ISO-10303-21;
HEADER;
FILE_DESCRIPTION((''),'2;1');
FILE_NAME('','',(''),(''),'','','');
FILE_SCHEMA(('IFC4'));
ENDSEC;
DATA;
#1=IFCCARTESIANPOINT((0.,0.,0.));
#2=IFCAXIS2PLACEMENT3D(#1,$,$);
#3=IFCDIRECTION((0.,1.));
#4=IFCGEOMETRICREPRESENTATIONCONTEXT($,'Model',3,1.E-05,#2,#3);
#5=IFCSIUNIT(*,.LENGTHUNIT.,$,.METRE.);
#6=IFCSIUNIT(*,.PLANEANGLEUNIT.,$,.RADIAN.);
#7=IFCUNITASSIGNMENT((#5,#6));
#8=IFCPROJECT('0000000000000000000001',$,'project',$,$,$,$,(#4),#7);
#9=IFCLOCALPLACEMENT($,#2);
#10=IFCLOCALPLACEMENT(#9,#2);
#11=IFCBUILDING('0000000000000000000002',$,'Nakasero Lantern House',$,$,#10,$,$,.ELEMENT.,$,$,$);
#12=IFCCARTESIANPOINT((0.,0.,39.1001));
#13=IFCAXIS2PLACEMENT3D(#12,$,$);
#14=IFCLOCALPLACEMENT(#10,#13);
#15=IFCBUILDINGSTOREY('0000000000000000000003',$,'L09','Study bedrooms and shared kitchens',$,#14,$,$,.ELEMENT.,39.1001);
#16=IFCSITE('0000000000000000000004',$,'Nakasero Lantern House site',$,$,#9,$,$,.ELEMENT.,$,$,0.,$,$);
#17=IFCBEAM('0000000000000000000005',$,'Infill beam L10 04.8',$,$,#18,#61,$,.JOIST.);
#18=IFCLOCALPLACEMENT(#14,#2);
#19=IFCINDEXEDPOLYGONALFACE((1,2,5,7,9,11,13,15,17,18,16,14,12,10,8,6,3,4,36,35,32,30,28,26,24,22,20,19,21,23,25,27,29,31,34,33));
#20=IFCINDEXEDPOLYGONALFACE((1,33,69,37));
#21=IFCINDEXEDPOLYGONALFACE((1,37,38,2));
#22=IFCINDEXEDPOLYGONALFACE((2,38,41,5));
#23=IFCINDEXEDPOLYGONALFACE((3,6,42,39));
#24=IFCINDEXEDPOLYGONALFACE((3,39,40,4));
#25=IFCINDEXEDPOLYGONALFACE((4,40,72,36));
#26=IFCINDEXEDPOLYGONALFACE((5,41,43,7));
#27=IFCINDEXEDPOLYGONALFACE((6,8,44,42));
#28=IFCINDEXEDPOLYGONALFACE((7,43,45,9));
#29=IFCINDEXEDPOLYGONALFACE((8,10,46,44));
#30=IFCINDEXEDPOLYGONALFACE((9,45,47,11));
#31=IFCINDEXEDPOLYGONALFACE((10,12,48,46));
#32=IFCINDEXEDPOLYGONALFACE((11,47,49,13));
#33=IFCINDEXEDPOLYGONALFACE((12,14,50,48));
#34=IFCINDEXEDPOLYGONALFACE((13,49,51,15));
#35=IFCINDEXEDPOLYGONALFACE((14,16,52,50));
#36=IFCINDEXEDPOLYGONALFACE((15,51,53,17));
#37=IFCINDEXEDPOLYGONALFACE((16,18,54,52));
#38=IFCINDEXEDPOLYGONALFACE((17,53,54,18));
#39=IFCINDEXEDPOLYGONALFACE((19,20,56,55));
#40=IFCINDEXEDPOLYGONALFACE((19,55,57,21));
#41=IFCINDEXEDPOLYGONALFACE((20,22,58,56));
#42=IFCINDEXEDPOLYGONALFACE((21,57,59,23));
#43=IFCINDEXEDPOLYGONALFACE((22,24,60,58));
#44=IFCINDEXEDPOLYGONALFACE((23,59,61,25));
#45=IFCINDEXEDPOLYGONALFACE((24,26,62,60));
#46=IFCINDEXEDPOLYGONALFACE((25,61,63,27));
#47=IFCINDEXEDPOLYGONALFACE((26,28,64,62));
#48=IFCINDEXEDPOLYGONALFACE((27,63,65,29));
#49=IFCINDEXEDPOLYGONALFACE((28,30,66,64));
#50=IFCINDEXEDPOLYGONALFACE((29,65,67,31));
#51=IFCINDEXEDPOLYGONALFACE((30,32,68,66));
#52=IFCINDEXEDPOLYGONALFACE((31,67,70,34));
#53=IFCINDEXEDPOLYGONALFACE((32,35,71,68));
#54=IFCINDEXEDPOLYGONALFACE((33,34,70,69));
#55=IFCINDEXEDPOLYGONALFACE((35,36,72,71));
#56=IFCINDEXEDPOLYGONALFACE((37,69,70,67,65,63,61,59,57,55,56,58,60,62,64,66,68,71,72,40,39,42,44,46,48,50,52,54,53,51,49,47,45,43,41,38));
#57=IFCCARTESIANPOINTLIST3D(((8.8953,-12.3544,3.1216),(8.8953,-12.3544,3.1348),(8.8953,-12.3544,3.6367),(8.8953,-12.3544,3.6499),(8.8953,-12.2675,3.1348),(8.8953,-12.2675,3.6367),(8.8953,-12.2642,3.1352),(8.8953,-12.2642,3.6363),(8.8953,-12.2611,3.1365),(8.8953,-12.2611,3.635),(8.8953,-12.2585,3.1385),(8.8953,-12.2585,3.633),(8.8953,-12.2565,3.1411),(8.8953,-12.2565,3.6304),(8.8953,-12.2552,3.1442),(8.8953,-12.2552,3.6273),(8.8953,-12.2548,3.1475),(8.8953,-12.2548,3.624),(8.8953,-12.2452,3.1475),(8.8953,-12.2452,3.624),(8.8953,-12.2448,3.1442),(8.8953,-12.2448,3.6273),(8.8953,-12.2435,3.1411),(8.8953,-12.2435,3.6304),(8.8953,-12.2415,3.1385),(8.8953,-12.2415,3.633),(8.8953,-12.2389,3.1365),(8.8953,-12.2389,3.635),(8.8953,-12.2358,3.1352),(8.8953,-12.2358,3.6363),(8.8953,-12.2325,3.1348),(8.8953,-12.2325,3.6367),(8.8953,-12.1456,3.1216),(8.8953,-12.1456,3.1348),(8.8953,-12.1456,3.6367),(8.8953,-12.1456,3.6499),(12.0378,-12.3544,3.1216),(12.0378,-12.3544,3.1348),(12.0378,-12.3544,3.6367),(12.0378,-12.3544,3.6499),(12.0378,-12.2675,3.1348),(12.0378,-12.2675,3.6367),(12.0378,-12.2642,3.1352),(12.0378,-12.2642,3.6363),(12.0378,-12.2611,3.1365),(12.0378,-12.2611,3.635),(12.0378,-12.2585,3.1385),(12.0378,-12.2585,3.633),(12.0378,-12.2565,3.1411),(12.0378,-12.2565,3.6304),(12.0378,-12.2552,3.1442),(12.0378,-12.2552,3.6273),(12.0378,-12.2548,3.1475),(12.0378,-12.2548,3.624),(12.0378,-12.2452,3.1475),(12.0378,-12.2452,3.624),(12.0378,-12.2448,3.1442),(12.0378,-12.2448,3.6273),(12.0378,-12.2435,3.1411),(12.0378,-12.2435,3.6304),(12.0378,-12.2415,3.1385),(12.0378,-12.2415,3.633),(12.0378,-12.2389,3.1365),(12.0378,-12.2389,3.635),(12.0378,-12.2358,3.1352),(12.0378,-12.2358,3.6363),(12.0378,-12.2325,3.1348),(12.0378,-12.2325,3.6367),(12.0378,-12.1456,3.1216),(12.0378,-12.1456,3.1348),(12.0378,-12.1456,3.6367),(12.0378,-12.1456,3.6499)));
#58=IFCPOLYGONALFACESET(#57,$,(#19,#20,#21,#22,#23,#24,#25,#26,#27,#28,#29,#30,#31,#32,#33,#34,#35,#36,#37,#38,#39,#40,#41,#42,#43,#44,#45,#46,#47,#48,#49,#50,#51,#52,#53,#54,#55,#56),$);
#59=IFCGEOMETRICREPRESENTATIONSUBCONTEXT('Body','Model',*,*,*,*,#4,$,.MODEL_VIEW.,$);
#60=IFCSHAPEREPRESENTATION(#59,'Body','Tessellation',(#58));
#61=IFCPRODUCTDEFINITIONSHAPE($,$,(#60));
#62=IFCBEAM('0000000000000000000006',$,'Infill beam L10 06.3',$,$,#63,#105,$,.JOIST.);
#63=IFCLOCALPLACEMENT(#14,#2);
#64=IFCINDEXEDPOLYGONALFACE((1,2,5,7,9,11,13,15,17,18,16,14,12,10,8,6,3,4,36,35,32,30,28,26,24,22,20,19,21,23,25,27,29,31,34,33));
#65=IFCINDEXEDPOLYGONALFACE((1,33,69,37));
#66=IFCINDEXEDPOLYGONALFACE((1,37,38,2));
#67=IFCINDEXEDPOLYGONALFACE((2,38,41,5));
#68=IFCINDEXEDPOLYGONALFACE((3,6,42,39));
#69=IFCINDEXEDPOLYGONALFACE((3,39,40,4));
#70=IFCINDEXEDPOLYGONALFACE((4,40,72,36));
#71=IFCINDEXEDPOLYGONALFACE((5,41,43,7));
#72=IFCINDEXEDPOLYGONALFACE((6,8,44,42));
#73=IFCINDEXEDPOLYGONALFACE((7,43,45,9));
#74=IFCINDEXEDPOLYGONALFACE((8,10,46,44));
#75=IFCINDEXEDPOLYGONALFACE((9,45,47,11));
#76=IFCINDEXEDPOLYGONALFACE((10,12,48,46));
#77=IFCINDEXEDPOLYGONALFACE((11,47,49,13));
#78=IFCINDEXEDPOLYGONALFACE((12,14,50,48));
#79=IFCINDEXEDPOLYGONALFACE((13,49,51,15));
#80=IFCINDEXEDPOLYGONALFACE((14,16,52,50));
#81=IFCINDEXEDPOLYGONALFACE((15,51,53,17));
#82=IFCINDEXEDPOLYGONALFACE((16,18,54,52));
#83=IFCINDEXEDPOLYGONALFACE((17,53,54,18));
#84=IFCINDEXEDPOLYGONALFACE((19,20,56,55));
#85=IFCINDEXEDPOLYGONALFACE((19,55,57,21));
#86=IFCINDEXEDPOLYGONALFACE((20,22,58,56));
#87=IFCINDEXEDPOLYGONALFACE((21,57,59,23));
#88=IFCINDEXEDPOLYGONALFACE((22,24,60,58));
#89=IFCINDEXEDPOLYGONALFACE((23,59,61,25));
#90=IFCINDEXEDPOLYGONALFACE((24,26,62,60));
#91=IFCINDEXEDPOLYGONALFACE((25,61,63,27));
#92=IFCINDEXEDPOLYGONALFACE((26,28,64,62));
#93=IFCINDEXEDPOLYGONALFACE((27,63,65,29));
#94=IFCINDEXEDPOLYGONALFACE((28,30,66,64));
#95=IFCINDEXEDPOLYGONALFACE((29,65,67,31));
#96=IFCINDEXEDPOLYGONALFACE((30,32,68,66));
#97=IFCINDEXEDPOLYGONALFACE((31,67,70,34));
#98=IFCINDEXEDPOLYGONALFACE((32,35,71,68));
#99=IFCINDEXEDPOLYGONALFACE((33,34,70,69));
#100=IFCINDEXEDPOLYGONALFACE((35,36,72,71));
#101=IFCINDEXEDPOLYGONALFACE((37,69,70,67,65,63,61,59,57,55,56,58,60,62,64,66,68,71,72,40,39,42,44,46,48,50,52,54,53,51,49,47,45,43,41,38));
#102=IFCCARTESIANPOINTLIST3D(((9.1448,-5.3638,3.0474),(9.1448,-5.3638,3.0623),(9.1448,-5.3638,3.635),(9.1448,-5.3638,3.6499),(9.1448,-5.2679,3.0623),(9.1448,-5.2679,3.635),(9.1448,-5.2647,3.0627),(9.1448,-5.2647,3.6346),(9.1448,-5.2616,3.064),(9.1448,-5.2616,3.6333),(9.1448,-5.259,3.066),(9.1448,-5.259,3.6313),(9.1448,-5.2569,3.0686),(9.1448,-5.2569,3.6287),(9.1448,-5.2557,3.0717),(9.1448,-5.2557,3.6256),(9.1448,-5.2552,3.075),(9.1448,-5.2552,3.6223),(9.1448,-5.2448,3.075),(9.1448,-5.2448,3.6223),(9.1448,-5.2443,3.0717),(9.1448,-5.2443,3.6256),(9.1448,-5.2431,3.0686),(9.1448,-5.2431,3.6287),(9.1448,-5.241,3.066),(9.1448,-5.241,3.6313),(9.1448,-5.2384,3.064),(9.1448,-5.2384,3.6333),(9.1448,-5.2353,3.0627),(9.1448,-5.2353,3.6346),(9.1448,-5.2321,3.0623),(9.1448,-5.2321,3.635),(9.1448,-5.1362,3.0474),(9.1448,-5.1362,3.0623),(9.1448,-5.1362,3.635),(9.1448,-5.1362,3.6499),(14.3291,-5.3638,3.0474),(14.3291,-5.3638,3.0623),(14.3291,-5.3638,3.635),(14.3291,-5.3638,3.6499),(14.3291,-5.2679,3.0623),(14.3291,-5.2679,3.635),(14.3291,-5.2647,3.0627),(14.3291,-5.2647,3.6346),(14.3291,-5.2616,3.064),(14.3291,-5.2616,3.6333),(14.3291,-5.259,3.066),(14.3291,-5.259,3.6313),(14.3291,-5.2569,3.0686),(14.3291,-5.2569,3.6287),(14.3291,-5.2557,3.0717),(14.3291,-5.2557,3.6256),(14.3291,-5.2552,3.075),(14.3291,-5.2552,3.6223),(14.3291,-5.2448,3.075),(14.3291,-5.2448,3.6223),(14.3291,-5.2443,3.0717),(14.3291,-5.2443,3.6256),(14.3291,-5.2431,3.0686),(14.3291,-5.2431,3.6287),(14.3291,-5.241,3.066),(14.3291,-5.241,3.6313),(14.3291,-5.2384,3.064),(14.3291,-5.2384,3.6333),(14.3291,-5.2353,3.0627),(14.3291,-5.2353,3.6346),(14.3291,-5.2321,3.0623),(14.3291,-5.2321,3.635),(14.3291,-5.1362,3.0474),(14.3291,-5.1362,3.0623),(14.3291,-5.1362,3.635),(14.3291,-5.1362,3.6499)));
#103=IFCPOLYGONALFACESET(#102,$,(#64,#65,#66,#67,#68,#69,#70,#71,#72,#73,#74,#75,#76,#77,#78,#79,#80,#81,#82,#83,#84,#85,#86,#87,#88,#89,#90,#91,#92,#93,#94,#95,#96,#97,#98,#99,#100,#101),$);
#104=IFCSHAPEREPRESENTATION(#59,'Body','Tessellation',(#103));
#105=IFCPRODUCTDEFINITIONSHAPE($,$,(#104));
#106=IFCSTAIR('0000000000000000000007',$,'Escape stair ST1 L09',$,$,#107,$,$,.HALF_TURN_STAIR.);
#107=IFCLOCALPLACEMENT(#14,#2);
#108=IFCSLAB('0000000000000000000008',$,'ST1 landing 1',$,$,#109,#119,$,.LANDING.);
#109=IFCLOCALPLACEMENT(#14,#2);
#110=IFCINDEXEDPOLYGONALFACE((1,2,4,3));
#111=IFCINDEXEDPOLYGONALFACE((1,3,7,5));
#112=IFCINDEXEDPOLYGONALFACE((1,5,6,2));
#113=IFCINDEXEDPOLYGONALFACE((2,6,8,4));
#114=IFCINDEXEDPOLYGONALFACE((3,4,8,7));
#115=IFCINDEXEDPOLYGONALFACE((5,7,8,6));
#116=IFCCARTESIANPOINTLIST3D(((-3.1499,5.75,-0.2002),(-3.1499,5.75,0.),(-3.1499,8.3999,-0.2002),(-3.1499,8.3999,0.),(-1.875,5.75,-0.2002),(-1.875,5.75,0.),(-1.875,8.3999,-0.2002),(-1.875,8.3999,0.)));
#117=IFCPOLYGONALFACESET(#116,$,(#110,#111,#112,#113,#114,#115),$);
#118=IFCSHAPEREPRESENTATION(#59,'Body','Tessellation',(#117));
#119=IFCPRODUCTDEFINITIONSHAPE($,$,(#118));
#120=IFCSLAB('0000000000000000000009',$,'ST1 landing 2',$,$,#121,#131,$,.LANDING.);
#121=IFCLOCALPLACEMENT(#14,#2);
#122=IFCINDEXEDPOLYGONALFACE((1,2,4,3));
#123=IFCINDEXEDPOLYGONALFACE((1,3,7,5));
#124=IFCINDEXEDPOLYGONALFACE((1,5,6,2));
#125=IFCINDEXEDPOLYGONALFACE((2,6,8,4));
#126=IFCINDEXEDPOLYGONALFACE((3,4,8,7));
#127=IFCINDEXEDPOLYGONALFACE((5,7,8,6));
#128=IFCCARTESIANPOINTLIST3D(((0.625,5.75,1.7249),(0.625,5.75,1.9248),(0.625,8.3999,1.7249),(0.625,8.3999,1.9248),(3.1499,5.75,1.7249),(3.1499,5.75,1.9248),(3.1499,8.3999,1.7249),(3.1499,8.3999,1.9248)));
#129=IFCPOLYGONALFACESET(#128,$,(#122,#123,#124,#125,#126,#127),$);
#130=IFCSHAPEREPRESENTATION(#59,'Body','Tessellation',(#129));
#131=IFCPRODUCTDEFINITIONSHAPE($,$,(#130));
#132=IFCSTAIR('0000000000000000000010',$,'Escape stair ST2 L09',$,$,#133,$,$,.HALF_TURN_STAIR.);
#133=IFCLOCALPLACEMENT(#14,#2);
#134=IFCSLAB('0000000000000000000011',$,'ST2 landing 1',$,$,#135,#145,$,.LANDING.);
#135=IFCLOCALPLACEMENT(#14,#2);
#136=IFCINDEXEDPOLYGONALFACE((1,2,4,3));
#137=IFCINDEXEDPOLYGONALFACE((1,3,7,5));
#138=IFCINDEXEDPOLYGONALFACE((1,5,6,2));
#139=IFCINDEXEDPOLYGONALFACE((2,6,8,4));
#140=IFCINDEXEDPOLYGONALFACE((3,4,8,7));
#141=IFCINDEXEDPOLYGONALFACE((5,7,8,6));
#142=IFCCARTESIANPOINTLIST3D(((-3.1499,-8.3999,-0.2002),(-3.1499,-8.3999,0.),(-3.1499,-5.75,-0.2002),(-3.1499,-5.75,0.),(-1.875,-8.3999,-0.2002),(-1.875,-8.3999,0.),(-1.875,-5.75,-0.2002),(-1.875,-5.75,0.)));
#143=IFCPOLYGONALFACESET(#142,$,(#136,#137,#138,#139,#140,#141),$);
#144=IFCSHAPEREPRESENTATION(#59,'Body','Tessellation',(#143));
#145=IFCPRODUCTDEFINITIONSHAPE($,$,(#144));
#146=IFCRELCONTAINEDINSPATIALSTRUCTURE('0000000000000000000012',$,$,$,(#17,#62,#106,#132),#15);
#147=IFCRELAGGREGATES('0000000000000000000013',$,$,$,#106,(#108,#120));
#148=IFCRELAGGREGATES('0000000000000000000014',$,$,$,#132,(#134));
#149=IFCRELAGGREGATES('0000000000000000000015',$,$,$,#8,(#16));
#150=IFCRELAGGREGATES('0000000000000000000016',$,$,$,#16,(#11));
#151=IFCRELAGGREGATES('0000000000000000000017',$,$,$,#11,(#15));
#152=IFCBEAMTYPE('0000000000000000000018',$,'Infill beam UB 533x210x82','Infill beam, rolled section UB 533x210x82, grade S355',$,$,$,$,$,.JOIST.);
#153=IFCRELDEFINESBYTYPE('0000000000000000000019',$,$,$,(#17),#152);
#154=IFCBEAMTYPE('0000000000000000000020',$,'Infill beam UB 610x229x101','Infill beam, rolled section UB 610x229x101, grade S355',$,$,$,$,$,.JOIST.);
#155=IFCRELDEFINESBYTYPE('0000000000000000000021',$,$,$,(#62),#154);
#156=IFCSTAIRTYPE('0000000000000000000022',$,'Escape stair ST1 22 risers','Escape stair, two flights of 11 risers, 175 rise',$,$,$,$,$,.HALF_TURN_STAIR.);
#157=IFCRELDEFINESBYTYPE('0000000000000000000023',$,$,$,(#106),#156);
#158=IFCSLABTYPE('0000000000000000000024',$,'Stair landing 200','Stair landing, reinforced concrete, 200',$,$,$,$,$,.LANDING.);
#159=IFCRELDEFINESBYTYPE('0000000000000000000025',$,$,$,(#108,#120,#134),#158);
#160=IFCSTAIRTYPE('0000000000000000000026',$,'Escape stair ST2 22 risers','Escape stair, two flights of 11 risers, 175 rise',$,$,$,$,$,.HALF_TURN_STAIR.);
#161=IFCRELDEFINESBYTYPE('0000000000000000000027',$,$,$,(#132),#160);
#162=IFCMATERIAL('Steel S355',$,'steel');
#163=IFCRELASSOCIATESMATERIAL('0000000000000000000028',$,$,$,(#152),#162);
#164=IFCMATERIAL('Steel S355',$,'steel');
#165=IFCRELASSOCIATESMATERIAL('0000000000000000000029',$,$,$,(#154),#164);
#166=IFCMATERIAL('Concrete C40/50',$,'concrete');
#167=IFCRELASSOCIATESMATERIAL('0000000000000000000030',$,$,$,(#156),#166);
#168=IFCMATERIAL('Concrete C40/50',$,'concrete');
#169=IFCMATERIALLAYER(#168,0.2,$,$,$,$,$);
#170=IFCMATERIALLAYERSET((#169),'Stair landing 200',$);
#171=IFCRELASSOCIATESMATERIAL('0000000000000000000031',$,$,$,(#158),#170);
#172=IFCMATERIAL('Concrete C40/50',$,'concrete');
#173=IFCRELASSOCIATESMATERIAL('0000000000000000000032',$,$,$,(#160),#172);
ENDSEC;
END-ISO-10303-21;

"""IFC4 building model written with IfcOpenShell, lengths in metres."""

from ifc_helpers import new_model, si_unit, direction, frame, origin, origin_2d, place, context, subcontext, project, spatial, polyline, i_section, outline, extrude, material, layer, layer_set, material_profile, profile_set, type_object, element, aggregate, save


model = new_model("IFC4")

# Units and contexts
model_context = context("Model", 3, precision=1e-05, world=origin(), true_north=direction((0.0, 1.0)))
body_context = subcontext(model_context, "Body", "Model", "MODEL_VIEW")
ifc_project = project(units=[si_unit("LENGTHUNIT", "METRE"), si_unit("PLANEANGLEUNIT", "RADIAN")], contexts=[model_context])

# Site, building, storey
site_placement = place(None, origin())
site = spatial("IfcSite", under=ifc_project, at=site_placement, Name="Nakasero Lantern House site", CompositionType="ELEMENT", RefElevation=0.0)
building_placement = place(site_placement, origin())
building = spatial("IfcBuilding", under=site, at=building_placement, Name="Nakasero Lantern House", CompositionType="ELEMENT")
storey_placement = place(building_placement, frame((0.0, 0.0, 39.1001)))
storey = spatial("IfcBuildingStorey", under=building, at=storey_placement, Name="L09", Description="Study bedrooms and shared kitchens", CompositionType="ELEMENT", Elevation=39.1001)

# Beams
ifc_material_1 = material(Name="Steel S355", Category="steel")
ifc_material_profile_1 = material_profile(ifc_material_1, i_section(OverallWidth=0.2087, OverallDepth=0.5283, WebThickness=0.0095, FlangeThickness=0.0132, FilletRadius=0.0127, at=origin_2d()), Name="UB 533x210x82")
ifc_profile_set_1 = profile_set([ifc_material_profile_1], Name="Steel S355")
beam_type_1 = type_object("IfcBeamType", Name="Infill beam UB 533x210x82", Description="Infill beam, rolled section UB 533x210x82, grade S355", PredefinedType="JOIST", material=ifc_profile_set_1)
beam_1_placement = place(storey_placement, frame((8.8953, -12.25, 3.3857), z_axis=(1.0, 0.0, 0.0), x_axis=(0.0, 1.0, 0.0)))
element("IfcBeam", 1, at=beam_1_placement, inside=storey, type_object=beam_type_1, Name="Infill beam L10 04.8", PredefinedType="JOIST", context=body_context, shape_type="SweptSolid", body=[
    extrude(i_section(OverallWidth=0.2087, OverallDepth=0.5283, WebThickness=0.0095, FlangeThickness=0.0132, FilletRadius=0.0127, at=origin_2d()), origin(), (0.0, 0.0, 1.0), 3.1426),
])
ifc_material_2 = material(Name="Steel S355", Category="steel")
ifc_material_profile_2 = material_profile(ifc_material_2, i_section(OverallWidth=0.2275, OverallDepth=0.6025, WebThickness=0.0105, FlangeThickness=0.0149, FilletRadius=0.0127, at=origin_2d()), Name="UB 610x229x101")
ifc_profile_set_2 = profile_set([ifc_material_profile_2], Name="Steel S355")
beam_type_2 = type_object("IfcBeamType", Name="Infill beam UB 610x229x101", Description="Infill beam, rolled section UB 610x229x101, grade S355", PredefinedType="JOIST", material=ifc_profile_set_2)
beam_2_placement = place(storey_placement, frame((9.1448, -5.25, 3.3486), z_axis=(1.0, 0.0, 0.0), x_axis=(0.0, 1.0, 0.0)))
element("IfcBeam", 2, at=beam_2_placement, inside=storey, type_object=beam_type_2, Name="Infill beam L10 06.3", PredefinedType="JOIST", context=body_context, shape_type="SweptSolid", body=[
    extrude(i_section(OverallWidth=0.2275, OverallDepth=0.6025, WebThickness=0.0105, FlangeThickness=0.0149, FilletRadius=0.0127, at=origin_2d()), origin(), (0.0, 0.0, 1.0), 5.1843),
])

# Stair, slabs
ifc_material_3 = material(Name="Concrete C40/50", Category="concrete")
stair_type_1 = type_object("IfcStairType", Name="Escape stair ST1 22 risers", Description="Escape stair, two flights of 11 risers, 175 rise", PredefinedType="HALF_TURN_STAIR", material=ifc_material_3)
stair_1_placement = place(storey_placement, origin())
stair_1 = element("IfcStair", 3, at=stair_1_placement, inside=storey, type_object=stair_type_1, Name="Escape stair ST1 L09", PredefinedType="HALF_TURN_STAIR")
ifc_material_4 = material(Name="Concrete C40/50", Category="concrete")
ifc_layer_1 = layer(ifc_material_4, 0.2)
ifc_layer_set_1 = layer_set([ifc_layer_1], Name="Stair landing 200")
slab_type = type_object("IfcSlabType", Name="Stair landing 200", Description="Stair landing, reinforced concrete, 200", PredefinedType="LANDING", material=ifc_layer_set_1)
slab_1_placement = place(storey_placement, frame((0.0, 0.0, -0.2002)))
slab_1 = element("IfcSlab", 4, at=slab_1_placement, type_object=slab_type, Name="ST1 landing 1", PredefinedType="LANDING", context=body_context, shape_type="SweptSolid", body=[
    extrude(outline(polyline([(-3.1499, 5.75), (-1.875, 5.75), (-1.875, 8.3999), (-3.1499, 8.3999), (-3.1499, 5.75)])), origin(), (0.0, 0.0, 1.0), 0.2002),
])
slab_2_placement = place(storey_placement, frame((0.0, 0.0, 1.7249)))
slab_2 = element("IfcSlab", 5, at=slab_2_placement, type_object=slab_type, Name="ST1 landing 2", PredefinedType="LANDING", context=body_context, shape_type="SweptSolid", body=[
    extrude(outline(polyline([(0.625, 5.75), (3.1499, 5.75), (3.1499, 8.3999), (0.625, 8.3999), (0.625, 5.75)])), origin(), (0.0, 0.0, 1.0), 0.2),
])
aggregate(stair_1, [slab_1, slab_2])

# Stair, slab
ifc_material_5 = material(Name="Concrete C40/50", Category="concrete")
stair_type_2 = type_object("IfcStairType", Name="Escape stair ST2 22 risers", Description="Escape stair, two flights of 11 risers, 175 rise", PredefinedType="HALF_TURN_STAIR", material=ifc_material_5)
stair_2_placement = place(storey_placement, origin())
stair_2 = element("IfcStair", 6, at=stair_2_placement, inside=storey, type_object=stair_type_2, Name="Escape stair ST2 L09", PredefinedType="HALF_TURN_STAIR")
slab_3_placement = place(storey_placement, frame((0.0, 0.0, -0.2002)))
slab_3 = element("IfcSlab", 7, at=slab_3_placement, type_object=slab_type, Name="ST2 landing 1", PredefinedType="LANDING", context=body_context, shape_type="SweptSolid", body=[
    extrude(outline(polyline([(-3.1499, -8.3999), (-1.875, -8.3999), (-1.875, -5.75), (-3.1499, -5.75), (-3.1499, -8.3999)])), origin(), (0.0, 0.0, 1.0), 0.2002),
])

aggregate(stair_2, [slab_3])

save(model, "model.ifc")
